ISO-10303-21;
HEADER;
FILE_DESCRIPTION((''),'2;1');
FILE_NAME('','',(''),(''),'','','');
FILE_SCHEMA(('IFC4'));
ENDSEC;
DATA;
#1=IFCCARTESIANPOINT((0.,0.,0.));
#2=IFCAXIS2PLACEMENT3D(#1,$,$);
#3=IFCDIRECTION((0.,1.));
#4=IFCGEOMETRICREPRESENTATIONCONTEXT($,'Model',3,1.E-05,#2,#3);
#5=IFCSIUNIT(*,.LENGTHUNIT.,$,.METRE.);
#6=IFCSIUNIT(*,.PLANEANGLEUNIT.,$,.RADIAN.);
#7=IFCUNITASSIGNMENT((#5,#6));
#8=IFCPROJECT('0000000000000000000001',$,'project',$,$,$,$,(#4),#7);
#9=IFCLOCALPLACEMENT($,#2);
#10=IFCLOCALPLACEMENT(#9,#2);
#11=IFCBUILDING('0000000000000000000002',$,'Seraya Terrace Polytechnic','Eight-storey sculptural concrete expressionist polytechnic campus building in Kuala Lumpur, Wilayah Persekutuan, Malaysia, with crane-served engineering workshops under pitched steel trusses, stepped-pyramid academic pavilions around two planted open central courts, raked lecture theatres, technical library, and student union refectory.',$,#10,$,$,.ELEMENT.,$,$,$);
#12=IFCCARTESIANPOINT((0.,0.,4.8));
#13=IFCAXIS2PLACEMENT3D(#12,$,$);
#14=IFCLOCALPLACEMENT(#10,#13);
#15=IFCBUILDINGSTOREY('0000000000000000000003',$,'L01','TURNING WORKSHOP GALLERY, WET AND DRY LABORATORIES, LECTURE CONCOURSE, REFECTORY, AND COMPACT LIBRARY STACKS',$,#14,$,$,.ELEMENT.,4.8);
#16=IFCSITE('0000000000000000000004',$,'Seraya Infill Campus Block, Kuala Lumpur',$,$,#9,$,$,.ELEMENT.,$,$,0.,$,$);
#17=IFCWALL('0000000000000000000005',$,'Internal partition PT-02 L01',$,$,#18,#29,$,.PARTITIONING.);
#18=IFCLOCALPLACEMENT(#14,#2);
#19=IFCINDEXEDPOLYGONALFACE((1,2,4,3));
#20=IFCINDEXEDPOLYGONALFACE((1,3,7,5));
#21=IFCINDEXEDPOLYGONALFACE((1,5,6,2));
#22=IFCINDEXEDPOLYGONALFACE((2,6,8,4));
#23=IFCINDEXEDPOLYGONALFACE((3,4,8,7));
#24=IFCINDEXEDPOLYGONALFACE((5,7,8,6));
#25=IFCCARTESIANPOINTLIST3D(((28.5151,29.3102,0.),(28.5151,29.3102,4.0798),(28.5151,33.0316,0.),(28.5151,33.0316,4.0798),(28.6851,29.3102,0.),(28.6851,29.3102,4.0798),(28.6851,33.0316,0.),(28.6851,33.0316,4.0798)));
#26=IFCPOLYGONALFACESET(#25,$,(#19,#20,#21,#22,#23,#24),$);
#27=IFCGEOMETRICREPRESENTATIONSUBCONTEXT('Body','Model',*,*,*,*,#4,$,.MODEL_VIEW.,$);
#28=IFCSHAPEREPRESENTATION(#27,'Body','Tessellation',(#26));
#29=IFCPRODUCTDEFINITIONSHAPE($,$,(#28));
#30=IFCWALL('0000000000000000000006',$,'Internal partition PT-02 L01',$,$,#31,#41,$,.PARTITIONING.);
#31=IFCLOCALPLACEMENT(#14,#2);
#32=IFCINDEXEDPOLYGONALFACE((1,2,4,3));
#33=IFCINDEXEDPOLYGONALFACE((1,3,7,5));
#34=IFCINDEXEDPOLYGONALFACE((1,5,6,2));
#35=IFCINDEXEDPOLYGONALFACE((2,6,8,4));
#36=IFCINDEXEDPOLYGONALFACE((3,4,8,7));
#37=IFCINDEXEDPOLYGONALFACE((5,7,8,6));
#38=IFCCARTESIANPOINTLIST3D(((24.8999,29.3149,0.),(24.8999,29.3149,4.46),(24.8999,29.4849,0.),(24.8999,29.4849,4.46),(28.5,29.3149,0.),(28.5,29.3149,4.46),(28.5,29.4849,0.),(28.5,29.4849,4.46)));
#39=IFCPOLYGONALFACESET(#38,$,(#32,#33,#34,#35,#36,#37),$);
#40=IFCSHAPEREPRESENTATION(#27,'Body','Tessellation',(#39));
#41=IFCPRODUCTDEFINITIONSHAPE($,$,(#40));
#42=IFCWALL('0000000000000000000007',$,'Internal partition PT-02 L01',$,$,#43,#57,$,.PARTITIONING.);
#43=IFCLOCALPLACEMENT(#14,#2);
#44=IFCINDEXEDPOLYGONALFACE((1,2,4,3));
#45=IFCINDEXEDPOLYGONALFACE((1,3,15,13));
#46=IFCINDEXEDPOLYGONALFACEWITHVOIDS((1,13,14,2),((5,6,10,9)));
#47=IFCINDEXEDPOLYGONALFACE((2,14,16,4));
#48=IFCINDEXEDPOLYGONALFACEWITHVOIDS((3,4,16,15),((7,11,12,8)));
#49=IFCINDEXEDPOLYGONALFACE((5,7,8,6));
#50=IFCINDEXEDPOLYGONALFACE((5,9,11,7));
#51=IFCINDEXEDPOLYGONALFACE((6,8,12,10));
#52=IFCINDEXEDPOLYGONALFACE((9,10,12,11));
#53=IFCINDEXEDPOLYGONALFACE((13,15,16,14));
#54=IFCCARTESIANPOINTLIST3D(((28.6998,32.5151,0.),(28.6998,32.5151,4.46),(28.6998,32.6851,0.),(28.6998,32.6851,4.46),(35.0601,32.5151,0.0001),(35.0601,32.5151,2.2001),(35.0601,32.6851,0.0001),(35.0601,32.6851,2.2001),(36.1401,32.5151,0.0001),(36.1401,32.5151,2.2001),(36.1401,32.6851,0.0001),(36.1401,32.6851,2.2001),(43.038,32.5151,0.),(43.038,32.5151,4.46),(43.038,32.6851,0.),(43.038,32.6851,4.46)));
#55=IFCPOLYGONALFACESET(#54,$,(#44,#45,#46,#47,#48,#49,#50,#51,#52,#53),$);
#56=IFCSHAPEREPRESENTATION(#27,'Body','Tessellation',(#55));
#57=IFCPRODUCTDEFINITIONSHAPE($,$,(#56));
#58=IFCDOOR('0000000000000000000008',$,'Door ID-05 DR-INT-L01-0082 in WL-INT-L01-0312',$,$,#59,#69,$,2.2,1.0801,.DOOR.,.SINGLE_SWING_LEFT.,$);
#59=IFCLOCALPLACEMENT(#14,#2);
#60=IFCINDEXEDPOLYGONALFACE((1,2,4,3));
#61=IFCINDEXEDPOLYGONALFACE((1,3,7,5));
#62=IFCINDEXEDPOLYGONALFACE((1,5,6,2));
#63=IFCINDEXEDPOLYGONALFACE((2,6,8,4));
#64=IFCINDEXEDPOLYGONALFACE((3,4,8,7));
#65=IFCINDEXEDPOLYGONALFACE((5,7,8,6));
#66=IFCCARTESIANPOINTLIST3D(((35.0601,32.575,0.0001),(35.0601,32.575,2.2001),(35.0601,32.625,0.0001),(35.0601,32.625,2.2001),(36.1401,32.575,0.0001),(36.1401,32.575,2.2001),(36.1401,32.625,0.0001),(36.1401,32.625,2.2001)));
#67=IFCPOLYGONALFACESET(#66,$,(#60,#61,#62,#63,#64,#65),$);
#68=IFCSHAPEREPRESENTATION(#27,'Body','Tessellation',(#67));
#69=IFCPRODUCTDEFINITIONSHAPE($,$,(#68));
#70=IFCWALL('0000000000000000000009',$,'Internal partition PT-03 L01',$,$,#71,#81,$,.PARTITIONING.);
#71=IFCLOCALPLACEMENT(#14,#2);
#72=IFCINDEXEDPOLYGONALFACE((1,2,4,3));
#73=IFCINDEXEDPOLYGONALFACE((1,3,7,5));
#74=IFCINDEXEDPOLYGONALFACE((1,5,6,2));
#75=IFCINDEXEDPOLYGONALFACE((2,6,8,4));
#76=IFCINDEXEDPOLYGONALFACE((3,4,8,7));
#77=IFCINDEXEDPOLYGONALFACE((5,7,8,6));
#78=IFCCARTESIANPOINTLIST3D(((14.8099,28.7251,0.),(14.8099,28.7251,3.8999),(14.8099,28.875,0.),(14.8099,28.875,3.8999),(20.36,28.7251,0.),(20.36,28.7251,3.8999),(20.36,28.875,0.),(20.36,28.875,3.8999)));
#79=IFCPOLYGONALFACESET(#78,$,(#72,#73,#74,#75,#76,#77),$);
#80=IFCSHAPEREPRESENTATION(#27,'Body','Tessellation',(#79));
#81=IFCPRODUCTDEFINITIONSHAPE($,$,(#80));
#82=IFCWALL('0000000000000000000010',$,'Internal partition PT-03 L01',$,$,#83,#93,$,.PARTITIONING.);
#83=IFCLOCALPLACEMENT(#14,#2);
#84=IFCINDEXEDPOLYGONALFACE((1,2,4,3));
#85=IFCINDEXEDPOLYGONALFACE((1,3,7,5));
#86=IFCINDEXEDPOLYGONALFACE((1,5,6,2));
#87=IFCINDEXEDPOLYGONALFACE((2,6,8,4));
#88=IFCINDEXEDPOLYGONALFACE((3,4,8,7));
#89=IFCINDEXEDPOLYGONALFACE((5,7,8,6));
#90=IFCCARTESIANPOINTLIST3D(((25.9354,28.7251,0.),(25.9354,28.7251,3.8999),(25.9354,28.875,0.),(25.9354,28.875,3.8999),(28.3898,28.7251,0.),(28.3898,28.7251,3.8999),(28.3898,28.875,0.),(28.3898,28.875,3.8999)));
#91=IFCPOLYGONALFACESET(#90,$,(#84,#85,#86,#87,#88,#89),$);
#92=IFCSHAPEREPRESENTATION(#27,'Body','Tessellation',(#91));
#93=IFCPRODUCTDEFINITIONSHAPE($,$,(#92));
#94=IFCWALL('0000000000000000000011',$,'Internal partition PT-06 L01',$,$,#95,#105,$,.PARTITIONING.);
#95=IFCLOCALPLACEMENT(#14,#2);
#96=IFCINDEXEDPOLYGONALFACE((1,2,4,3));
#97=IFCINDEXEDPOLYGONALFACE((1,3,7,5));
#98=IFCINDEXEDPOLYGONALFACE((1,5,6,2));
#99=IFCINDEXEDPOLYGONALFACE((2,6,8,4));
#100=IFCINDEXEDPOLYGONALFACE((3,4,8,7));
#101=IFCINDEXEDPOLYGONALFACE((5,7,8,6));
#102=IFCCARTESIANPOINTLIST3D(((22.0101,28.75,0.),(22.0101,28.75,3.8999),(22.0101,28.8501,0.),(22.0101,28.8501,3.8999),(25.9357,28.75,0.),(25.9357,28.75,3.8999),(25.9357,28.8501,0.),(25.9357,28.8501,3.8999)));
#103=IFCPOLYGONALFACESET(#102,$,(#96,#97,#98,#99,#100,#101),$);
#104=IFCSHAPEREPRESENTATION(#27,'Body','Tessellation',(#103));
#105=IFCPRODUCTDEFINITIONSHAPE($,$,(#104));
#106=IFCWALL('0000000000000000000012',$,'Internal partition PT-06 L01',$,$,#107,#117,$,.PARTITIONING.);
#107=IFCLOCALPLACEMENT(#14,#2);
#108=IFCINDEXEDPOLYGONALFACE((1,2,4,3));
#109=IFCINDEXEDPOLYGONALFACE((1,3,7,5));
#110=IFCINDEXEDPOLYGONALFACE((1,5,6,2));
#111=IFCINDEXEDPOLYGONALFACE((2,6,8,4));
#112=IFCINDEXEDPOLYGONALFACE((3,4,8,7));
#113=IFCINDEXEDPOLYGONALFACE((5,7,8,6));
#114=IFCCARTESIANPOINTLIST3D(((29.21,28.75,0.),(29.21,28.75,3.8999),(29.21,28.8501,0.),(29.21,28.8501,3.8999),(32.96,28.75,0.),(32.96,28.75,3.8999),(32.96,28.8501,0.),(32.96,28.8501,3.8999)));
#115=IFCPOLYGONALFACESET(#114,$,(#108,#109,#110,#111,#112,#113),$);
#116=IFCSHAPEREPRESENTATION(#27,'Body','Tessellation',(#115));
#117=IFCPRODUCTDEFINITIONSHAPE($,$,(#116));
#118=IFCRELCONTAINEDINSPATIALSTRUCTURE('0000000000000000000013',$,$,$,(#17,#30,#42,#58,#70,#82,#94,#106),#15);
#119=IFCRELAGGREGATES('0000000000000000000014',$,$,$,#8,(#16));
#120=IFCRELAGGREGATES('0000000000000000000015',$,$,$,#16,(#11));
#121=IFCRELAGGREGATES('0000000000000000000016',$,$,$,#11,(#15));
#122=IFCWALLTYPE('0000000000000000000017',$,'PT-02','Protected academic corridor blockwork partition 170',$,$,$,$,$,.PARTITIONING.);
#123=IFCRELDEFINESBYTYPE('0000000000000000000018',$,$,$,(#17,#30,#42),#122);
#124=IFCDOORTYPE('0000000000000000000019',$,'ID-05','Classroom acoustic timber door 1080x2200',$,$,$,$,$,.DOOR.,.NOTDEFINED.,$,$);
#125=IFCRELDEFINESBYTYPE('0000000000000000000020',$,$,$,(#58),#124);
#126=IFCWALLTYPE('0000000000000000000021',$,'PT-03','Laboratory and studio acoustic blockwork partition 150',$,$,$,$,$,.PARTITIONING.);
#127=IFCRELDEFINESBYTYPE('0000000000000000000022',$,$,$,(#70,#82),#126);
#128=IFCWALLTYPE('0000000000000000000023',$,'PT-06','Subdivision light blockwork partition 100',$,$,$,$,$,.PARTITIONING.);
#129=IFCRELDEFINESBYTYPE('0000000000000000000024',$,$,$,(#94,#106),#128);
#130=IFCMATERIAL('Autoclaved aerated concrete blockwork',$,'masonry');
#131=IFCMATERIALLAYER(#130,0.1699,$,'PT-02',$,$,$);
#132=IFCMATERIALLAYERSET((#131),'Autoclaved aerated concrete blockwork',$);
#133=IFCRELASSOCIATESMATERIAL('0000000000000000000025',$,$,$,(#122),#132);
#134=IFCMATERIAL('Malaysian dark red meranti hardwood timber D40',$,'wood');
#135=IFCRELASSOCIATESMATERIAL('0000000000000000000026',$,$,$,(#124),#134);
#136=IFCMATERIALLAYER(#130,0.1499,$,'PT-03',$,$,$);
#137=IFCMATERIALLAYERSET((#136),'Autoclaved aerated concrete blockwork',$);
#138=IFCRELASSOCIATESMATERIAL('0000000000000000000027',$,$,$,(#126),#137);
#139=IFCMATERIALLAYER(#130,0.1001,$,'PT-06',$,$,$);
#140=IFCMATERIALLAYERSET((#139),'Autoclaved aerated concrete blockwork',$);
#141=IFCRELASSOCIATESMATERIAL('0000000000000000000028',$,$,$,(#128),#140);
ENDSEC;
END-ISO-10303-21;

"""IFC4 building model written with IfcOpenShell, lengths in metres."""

from ifc_helpers import new_model, si_unit, direction, frame, frame_2d, origin, place, context, subcontext, project, spatial, rectangle, extrude, material, layer, layer_set, type_object, element, fill, save


model = new_model("IFC4")

# Units and contexts
model_context = context("Model", 3, precision=1e-05, world=origin(), true_north=direction((0.0, 1.0)))
body_context = subcontext(model_context, "Body", "Model", "MODEL_VIEW")
ifc_project = project(units=[si_unit("LENGTHUNIT", "METRE"), si_unit("PLANEANGLEUNIT", "RADIAN")], contexts=[model_context])

# Site, building, storey
site_placement = place(None, origin())
site = spatial("IfcSite", under=ifc_project, at=site_placement, Name="Seraya Infill Campus Block, Kuala Lumpur", CompositionType="ELEMENT", RefElevation=0.0)
building_placement = place(site_placement, origin())
building = spatial("IfcBuilding", under=site, at=building_placement, Name="Seraya Terrace Polytechnic", Description="Eight-storey sculptural concrete expressionist polytechnic campus building in Kuala Lumpur, Wilayah Persekutuan, Malaysia, with crane-served engineering workshops under pitched steel trusses, stepped-pyramid academic pavilions around two planted open central courts, raked lecture theatres, technical library, and student union refectory.", CompositionType="ELEMENT")
storey_placement = place(building_placement, frame((0.0, 0.0, 4.8)))
storey = spatial("IfcBuildingStorey", under=building, at=storey_placement, Name="L01", Description="TURNING WORKSHOP GALLERY, WET AND DRY LABORATORIES, LECTURE CONCOURSE, REFECTORY, AND COMPACT LIBRARY STACKS", CompositionType="ELEMENT", Elevation=4.8)

# Shared definitions
ifc_material_1 = material(Name="Autoclaved aerated concrete blockwork", Category="masonry")
ifc_layer_1 = layer(ifc_material_1, 0.1699, Name="PT-02")
ifc_layer_set_1 = layer_set([ifc_layer_1], Name="Autoclaved aerated concrete blockwork")
wall_type_1 = type_object("IfcWallType", Name="PT-02", Description="Protected academic corridor blockwork partition 170", PredefinedType="PARTITIONING", material=ifc_layer_set_1)
ifc_material_2 = material(Name="Malaysian dark red meranti hardwood timber D40", Category="wood")

# Walls
wall_1_placement = place(storey_placement, frame((28.6001, 29.3101, 0.0), z_axis=(0.0, 0.0, 1.0), x_axis=(0.0, 1.0, 0.0)))
element("IfcWall", 1, at=wall_1_placement, inside=storey, type_object=wall_type_1, Name="Internal partition PT-02 L01", PredefinedType="PARTITIONING", context=body_context, shape_type="SweptSolid", body=[
    extrude(rectangle(XDim=3.7214, YDim=0.1699, at=frame_2d((1.8608, 0.0))), origin(), (0.0, 0.0, 1.0), 4.0798),
])
wall_2_placement = place(storey_placement, frame((24.8999, 29.3999, 0.0), z_axis=(0.0, 0.0, 1.0), x_axis=(1.0, 0.0, 0.0)))
element("IfcWall", 2, at=wall_2_placement, inside=storey, type_object=wall_type_1, Name="Internal partition PT-02 L01", PredefinedType="PARTITIONING", context=body_context, shape_type="SweptSolid", body=[
    extrude(rectangle(XDim=3.6001, YDim=0.1699, at=frame_2d((1.8, 0.0))), origin(), (0.0, 0.0, 1.0), 4.46),
])

# Wall, opening, door
wall_3_placement = place(storey_placement, frame((28.7, 32.6001, 0.0), z_axis=(0.0, 0.0, 1.0), x_axis=(1.0, 0.0, 0.0)))
wall_3 = element("IfcWall", 3, at=wall_3_placement, inside=storey, type_object=wall_type_1, Name="Internal partition PT-02 L01", PredefinedType="PARTITIONING", context=body_context, shape_type="SweptSolid", body=[
    extrude(rectangle(XDim=14.3381, YDim=0.1699, at=frame_2d((7.1689, 0.0))), origin(), (0.0, 0.0, 1.0), 4.46),
])
opening_1_placement = place(wall_3_placement, frame((6.3601, 0.0, 0.0)))
opening_1 = element("IfcOpeningElement", 4, at=opening_1_placement, cuts=wall_3, PredefinedType="OPENING", context=body_context, shape_type="SweptSolid", body=[
    extrude(rectangle(XDim=1.0801, YDim=2.2, at=frame_2d((0.54, 1.1001))), frame((0.0, 0.0969, 0.0), z_axis=(0.0, -1.0, 0.0), x_axis=(1.0, 0.0, 0.0)), (0.0, 0.0, 1.0), 0.1938),
])
door_type_1 = type_object("IfcDoorType", Name="ID-05", Description="Classroom acoustic timber door 1080x2200", OperationType="NOTDEFINED", PredefinedType="DOOR", material=ifc_material_2)
door_1_placement = place(opening_1_placement, origin())
door_1 = element("IfcDoor", 5, at=door_1_placement, inside=storey, type_object=door_type_1, Name="Door ID-05 DR-INT-L01-0082 in WL-INT-L01-0312", OperationType="SINGLE_SWING_LEFT", OverallHeight=2.2, OverallWidth=1.0801, PredefinedType="DOOR", context=body_context, shape_type="SweptSolid", body=[
    extrude(rectangle(XDim=1.0801, YDim=2.2, at=frame_2d((0.54, 1.1001))), frame((0.0, 0.0249, 0.0), z_axis=(0.0, -1.0, 0.0), x_axis=(1.0, 0.0, 0.0)), (0.0, 0.0, 1.0), 0.05),
])
fill(opening_1, door_1)

# Walls
ifc_layer_2 = layer(ifc_material_1, 0.1499, Name="PT-03")
ifc_layer_set_2 = layer_set([ifc_layer_2], Name="Autoclaved aerated concrete blockwork")
wall_type_2 = type_object("IfcWallType", Name="PT-03", Description="Laboratory and studio acoustic blockwork partition 150", PredefinedType="PARTITIONING", material=ifc_layer_set_2)
wall_4_placement = place(storey_placement, frame((14.8101, 28.8, 0.0), z_axis=(0.0, 0.0, 1.0), x_axis=(1.0, 0.0, 0.0)))
element("IfcWall", 6, at=wall_4_placement, inside=storey, type_object=wall_type_2, Name="Internal partition PT-03 L01", PredefinedType="PARTITIONING", context=body_context, shape_type="SweptSolid", body=[
    extrude(rectangle(XDim=5.55, YDim=0.1499, at=frame_2d((2.7749, 0.0))), origin(), (0.0, 0.0, 1.0), 3.8999),
])
wall_5_placement = place(storey_placement, frame((25.9355, 28.8, 0.0), z_axis=(0.0, 0.0, 1.0), x_axis=(1.0, 0.0, 0.0)))
element("IfcWall", 7, at=wall_5_placement, inside=storey, type_object=wall_type_2, Name="Internal partition PT-03 L01", PredefinedType="PARTITIONING", context=body_context, shape_type="SweptSolid", body=[
    extrude(rectangle(XDim=2.4543, YDim=0.1499, at=frame_2d((1.2271, 0.0))), origin(), (0.0, 0.0, 1.0), 3.8999),
])
ifc_layer_3 = layer(ifc_material_1, 0.1001, Name="PT-06")
ifc_layer_set_3 = layer_set([ifc_layer_3], Name="Autoclaved aerated concrete blockwork")
wall_type_3 = type_object("IfcWallType", Name="PT-06", Description="Subdivision light blockwork partition 100", PredefinedType="PARTITIONING", material=ifc_layer_set_3)
wall_6_placement = place(storey_placement, frame((22.01, 28.8, 0.0), z_axis=(0.0, 0.0, 1.0), x_axis=(1.0, 0.0, 0.0)))
element("IfcWall", 8, at=wall_6_placement, inside=storey, type_object=wall_type_3, Name="Internal partition PT-06 L01", PredefinedType="PARTITIONING", context=body_context, shape_type="SweptSolid", body=[
    extrude(rectangle(XDim=3.9255, YDim=0.1001, at=frame_2d((1.9629, 0.0))), origin(), (0.0, 0.0, 1.0), 3.8999),
])
wall_7_placement = place(storey_placement, frame((29.21, 28.8, 0.0), z_axis=(0.0, 0.0, 1.0), x_axis=(1.0, 0.0, 0.0)))
element("IfcWall", 9, at=wall_7_placement, inside=storey, type_object=wall_type_3, Name="Internal partition PT-06 L01", PredefinedType="PARTITIONING", context=body_context, shape_type="SweptSolid", body=[
    extrude(rectangle(XDim=3.75, YDim=0.1001, at=frame_2d((1.875, 0.0))), origin(), (0.0, 0.0, 1.0), 3.8999),
])

save(model, "model.ifc")
